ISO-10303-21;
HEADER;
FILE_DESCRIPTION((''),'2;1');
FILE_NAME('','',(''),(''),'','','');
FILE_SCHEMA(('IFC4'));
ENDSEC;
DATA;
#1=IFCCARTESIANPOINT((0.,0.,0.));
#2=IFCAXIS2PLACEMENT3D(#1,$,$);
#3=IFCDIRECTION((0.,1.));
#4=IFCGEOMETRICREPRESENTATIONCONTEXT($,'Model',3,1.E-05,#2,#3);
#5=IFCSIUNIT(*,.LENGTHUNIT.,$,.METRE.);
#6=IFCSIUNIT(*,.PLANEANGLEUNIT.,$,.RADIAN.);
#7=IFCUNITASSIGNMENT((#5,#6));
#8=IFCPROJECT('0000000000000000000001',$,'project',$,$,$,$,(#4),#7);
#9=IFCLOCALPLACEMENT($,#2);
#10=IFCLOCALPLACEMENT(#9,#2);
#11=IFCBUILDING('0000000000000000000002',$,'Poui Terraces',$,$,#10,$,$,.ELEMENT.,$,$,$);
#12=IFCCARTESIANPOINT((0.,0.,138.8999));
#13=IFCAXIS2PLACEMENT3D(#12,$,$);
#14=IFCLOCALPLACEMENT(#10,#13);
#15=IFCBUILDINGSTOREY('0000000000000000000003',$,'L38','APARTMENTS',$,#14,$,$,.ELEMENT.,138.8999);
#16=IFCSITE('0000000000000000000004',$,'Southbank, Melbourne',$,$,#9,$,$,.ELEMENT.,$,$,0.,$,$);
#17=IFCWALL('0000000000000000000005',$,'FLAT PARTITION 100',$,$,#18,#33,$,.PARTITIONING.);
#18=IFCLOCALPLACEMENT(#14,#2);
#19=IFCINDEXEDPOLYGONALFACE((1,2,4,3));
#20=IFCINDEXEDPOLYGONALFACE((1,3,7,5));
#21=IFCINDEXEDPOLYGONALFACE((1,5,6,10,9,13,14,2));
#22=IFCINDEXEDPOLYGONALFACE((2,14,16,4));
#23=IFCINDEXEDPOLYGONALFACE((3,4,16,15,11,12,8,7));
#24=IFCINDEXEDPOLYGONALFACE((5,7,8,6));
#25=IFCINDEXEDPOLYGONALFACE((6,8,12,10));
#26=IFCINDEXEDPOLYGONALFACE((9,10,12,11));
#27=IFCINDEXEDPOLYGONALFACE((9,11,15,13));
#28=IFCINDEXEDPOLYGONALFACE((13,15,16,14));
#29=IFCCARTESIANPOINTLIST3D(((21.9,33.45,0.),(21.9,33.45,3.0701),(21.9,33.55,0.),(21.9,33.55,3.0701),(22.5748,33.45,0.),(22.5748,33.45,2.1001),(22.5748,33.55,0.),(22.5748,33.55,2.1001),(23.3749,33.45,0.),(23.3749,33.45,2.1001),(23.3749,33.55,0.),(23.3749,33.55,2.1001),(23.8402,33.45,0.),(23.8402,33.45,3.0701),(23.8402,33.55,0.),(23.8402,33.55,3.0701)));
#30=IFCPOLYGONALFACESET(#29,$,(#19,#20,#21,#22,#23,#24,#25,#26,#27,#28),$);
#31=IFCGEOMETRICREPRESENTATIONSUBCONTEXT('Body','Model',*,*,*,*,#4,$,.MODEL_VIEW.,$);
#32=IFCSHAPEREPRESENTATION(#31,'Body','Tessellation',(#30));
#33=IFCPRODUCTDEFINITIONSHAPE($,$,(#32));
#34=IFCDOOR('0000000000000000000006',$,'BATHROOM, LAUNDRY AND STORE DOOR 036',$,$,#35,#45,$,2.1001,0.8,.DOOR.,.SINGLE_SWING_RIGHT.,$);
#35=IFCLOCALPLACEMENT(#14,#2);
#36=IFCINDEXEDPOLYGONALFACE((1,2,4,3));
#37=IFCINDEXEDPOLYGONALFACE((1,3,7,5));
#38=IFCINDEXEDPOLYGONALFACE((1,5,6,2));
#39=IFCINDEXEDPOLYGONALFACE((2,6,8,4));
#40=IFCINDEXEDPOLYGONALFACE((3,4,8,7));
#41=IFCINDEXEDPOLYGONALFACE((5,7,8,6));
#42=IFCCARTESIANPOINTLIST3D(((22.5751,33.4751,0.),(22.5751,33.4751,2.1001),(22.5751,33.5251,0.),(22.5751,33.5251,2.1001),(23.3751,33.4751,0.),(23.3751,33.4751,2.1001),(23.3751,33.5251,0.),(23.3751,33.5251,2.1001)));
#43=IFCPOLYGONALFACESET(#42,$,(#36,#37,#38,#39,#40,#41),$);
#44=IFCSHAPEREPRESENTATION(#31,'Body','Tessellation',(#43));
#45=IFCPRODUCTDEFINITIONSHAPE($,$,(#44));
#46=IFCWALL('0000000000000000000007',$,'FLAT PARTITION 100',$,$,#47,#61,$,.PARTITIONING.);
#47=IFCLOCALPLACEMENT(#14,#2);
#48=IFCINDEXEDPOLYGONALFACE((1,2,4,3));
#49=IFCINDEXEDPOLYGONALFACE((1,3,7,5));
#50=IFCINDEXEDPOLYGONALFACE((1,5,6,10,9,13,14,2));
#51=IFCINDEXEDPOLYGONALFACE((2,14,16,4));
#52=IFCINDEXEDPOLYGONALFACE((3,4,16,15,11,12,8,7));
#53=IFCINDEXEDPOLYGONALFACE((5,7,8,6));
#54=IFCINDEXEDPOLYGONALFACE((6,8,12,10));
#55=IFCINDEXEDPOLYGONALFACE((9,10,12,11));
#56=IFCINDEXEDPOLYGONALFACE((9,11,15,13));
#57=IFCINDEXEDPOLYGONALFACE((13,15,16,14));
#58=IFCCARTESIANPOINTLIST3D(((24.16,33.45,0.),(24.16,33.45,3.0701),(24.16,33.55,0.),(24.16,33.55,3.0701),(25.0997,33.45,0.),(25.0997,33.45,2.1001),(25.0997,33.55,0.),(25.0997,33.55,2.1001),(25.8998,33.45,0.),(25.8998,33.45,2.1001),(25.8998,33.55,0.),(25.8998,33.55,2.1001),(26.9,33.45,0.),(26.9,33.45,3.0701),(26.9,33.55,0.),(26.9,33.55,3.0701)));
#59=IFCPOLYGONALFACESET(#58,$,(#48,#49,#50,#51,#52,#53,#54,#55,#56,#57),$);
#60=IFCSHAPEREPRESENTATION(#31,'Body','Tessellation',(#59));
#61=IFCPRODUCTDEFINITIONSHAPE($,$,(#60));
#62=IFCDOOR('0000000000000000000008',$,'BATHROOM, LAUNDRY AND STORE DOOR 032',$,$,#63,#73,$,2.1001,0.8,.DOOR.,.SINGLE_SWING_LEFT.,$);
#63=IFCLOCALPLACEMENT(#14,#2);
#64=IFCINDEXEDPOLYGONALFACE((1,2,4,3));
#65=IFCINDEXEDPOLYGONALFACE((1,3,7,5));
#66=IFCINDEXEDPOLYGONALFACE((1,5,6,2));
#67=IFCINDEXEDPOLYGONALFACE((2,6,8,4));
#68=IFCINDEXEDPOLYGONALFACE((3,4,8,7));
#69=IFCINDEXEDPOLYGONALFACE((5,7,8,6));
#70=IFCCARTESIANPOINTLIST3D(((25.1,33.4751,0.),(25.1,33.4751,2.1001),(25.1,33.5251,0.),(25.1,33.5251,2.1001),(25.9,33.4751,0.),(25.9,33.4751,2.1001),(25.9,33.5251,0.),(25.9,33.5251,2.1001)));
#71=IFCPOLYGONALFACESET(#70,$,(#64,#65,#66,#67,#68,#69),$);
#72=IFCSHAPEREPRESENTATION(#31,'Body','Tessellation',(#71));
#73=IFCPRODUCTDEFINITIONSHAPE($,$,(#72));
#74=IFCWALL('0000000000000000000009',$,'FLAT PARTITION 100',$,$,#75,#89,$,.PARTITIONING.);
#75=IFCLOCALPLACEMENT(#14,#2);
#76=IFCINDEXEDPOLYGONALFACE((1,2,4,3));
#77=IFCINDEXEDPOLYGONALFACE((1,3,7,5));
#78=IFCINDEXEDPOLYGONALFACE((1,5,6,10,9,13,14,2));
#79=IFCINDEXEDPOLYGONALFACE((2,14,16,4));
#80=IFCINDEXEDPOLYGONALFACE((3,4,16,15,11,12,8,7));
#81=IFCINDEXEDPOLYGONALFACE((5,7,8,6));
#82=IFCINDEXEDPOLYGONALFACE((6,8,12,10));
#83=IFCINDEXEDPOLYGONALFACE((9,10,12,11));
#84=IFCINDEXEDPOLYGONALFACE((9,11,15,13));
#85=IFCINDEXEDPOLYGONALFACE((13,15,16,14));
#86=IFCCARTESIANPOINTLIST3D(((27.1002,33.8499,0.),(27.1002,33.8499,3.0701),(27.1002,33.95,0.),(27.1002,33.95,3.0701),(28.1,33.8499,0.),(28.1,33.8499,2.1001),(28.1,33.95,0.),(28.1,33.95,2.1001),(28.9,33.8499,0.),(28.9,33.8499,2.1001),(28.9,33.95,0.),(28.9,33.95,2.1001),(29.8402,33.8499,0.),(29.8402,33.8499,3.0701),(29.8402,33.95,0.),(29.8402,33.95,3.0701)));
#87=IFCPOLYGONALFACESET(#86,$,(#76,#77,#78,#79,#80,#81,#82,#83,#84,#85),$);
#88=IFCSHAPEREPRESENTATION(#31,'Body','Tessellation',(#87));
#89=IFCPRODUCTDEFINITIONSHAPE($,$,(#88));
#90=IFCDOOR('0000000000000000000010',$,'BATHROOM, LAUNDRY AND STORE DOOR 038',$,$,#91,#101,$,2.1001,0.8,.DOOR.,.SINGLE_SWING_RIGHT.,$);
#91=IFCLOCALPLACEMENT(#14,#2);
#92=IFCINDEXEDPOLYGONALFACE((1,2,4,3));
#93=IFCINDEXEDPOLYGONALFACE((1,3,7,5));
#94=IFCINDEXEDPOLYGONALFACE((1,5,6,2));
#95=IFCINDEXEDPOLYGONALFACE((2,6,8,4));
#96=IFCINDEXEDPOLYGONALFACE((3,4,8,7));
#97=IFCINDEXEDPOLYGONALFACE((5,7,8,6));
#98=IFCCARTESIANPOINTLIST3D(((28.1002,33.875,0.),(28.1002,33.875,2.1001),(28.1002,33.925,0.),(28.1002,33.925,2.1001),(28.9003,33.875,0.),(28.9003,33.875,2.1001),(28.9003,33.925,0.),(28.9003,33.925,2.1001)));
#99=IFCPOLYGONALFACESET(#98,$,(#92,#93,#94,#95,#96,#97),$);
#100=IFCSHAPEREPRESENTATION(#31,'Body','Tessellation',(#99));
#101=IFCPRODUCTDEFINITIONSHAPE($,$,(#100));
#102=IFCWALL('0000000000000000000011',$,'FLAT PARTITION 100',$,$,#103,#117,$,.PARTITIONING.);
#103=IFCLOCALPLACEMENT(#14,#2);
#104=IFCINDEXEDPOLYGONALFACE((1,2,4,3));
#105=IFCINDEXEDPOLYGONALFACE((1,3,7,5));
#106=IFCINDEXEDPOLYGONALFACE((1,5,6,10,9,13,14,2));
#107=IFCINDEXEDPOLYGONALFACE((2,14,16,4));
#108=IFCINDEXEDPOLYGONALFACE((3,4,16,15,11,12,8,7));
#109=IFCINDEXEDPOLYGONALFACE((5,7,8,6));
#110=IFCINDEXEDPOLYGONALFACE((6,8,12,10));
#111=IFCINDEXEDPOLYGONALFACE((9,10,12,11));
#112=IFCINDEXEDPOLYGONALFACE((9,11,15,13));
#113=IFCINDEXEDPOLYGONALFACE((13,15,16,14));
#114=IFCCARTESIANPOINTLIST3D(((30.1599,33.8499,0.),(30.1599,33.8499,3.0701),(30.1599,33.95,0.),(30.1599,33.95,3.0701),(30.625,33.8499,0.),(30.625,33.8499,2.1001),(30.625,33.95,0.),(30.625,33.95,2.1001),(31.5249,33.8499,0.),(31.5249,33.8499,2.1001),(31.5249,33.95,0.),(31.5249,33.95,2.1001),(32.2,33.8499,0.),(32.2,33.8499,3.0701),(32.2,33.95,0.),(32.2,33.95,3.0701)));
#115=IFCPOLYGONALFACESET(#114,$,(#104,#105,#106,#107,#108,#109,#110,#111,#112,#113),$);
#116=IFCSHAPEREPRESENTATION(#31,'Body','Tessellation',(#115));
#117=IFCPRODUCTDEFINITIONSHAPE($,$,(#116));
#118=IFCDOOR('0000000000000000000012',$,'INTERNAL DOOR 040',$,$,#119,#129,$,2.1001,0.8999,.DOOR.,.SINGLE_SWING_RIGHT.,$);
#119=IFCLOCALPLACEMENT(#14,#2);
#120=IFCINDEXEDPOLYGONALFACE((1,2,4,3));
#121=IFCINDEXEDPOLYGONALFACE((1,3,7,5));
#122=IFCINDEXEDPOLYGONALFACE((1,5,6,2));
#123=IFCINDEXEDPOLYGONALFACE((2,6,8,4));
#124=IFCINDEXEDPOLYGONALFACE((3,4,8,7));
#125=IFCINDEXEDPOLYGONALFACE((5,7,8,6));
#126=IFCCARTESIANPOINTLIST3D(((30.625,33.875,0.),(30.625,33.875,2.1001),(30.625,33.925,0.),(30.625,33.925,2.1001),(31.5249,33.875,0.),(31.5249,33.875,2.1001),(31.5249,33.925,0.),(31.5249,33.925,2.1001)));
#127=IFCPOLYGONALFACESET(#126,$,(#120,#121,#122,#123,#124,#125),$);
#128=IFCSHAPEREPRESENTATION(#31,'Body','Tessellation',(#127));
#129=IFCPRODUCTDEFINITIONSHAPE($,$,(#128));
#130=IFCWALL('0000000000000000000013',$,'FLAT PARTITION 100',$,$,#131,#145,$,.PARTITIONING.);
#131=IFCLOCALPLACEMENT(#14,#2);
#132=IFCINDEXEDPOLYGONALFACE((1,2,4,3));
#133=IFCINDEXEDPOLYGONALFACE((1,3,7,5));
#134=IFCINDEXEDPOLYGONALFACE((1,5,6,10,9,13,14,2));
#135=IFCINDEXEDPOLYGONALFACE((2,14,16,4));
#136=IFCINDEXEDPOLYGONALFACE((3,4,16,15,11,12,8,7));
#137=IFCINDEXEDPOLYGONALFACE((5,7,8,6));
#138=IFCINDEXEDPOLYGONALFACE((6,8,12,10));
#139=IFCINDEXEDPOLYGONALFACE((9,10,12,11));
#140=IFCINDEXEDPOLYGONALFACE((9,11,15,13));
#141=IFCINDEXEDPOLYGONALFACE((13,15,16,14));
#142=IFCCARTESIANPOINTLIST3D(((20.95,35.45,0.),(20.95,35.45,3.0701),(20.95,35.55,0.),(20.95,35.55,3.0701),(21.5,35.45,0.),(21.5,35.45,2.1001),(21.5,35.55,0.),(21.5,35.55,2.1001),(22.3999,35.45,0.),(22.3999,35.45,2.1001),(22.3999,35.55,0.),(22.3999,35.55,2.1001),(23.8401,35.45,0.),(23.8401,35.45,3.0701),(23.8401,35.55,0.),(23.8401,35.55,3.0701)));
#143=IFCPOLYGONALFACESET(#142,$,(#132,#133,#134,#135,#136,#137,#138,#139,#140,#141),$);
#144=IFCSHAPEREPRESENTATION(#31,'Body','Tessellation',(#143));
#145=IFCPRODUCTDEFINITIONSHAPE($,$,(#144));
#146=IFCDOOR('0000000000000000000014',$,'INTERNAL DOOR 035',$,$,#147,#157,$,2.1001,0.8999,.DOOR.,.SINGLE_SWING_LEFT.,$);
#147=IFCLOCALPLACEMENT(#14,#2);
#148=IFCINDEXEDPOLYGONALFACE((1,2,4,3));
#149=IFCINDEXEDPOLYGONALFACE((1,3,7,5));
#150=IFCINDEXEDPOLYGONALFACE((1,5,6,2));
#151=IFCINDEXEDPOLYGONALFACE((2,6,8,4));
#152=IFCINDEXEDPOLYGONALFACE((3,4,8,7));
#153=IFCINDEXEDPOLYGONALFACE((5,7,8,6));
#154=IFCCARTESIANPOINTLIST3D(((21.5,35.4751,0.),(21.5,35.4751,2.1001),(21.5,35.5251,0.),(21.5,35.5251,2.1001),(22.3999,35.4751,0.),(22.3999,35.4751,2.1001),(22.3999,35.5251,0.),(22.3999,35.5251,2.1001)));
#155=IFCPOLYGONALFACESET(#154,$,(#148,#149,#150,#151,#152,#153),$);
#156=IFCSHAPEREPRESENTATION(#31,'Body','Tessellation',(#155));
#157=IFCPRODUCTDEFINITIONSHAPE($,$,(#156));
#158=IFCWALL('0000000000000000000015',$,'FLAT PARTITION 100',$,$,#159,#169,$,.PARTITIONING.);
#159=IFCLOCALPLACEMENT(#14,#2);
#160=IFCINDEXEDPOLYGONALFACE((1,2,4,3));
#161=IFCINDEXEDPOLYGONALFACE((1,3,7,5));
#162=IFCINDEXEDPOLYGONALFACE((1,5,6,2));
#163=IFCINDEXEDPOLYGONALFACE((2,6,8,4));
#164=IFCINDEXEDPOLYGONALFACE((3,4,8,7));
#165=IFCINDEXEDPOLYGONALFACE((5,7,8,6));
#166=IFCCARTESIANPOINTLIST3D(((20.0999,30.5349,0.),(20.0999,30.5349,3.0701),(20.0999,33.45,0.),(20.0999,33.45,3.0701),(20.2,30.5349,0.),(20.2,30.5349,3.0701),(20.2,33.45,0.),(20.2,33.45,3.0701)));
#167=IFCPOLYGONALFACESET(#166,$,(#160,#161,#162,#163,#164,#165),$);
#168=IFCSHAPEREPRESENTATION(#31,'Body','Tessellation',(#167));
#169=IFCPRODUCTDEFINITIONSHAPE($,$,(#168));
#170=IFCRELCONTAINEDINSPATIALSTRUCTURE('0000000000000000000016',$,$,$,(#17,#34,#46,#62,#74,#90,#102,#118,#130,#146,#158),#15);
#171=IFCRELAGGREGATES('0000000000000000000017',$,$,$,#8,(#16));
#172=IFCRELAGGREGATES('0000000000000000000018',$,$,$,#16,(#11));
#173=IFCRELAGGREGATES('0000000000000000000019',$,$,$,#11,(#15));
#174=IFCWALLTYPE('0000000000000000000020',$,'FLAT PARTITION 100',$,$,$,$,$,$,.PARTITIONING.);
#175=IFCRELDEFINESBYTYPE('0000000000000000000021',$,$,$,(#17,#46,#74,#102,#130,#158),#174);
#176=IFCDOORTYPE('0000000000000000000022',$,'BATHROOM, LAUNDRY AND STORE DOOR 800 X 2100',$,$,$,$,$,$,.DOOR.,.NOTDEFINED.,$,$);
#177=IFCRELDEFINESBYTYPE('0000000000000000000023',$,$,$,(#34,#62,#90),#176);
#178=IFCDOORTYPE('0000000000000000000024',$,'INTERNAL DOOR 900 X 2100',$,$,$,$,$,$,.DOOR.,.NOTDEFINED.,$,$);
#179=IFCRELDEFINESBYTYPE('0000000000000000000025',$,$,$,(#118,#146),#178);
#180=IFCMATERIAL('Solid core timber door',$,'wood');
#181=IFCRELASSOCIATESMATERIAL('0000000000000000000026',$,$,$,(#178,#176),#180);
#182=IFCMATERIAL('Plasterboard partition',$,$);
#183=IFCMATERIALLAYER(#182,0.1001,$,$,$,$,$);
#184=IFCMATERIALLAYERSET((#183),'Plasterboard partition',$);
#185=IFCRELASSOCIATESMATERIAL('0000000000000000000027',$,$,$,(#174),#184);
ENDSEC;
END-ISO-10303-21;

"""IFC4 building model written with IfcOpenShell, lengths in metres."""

from ifc_helpers import new_model, si_unit, direction, frame, frame_2d, origin, place, context, subcontext, project, spatial, rectangle, extrude, material, layer, layer_set, type_object, element, fill, save


model = new_model("IFC4")

# Units and contexts
model_context = context("Model", 3, precision=1e-05, world=origin(), true_north=direction((0.0, 1.0)))
body_context = subcontext(model_context, "Body", "Model", "MODEL_VIEW")
ifc_project = project(units=[si_unit("LENGTHUNIT", "METRE"), si_unit("PLANEANGLEUNIT", "RADIAN")], contexts=[model_context])

# Site, building, storey
site_placement = place(None, origin())
site = spatial("IfcSite", under=ifc_project, at=site_placement, Name="Southbank, Melbourne", CompositionType="ELEMENT", RefElevation=0.0)
building_placement = place(site_placement, origin())
building = spatial("IfcBuilding", under=site, at=building_placement, Name="Poui Terraces", CompositionType="ELEMENT")
storey_placement = place(building_placement, frame((0.0, 0.0, 138.8999)))
storey = spatial("IfcBuildingStorey", under=building, at=storey_placement, Name="L38", Description="APARTMENTS", CompositionType="ELEMENT", Elevation=138.8999)

# Walls, openings, doors
ifc_material_1 = material(Name="Solid core timber door", Category="wood")
door_type_1 = type_object("IfcDoorType", Name="INTERNAL DOOR 900 X 2100", OperationType="NOTDEFINED", PredefinedType="DOOR", material=ifc_material_1)
ifc_material_2 = material(Name="Plasterboard partition")
ifc_layer_1 = layer(ifc_material_2, 0.1001)
ifc_layer_set_1 = layer_set([ifc_layer_1], Name="Plasterboard partition")
wall_type_1 = type_object("IfcWallType", Name="FLAT PARTITION 100", PredefinedType="PARTITIONING", material=ifc_layer_set_1)
wall_1_placement = place(storey_placement, frame((21.8999, 33.5, 0.0), z_axis=(0.0, 0.0, 1.0), x_axis=(1.0, 0.0, 0.0)))
wall_1 = element("IfcWall", 1, at=wall_1_placement, inside=storey, type_object=wall_type_1, Name="FLAT PARTITION 100", PredefinedType="PARTITIONING", context=body_context, shape_type="SweptSolid", body=[
    extrude(rectangle(XDim=1.9402, YDim=0.1001, at=frame_2d((0.9702, 0.0))), origin(), (0.0, 0.0, 1.0), 3.0701),
])
opening_1_placement = place(wall_1_placement, frame((0.675, 0.0, 0.0)))
opening_1 = element("IfcOpeningElement", 2, at=opening_1_placement, cuts=wall_1, PredefinedType="OPENING", context=body_context, shape_type="SweptSolid", body=[
    extrude(rectangle(XDim=0.8, YDim=2.1001, at=frame_2d((0.3999, 1.05))), frame((0.0, 0.0601, 0.0), z_axis=(0.0, -1.0, 0.0), x_axis=(1.0, 0.0, 0.0)), (0.0, 0.0, 1.0), 0.1201),
])
door_type_2 = type_object("IfcDoorType", Name="BATHROOM, LAUNDRY AND STORE DOOR 800 X 2100", OperationType="NOTDEFINED", PredefinedType="DOOR", material=ifc_material_1)
door_1_placement = place(opening_1_placement, frame((0.8, 0.0, 0.0), z_axis=(0.0, 0.0, 1.0), x_axis=(-1.0, 0.0, 0.0)))
door_1 = element("IfcDoor", 3, at=door_1_placement, inside=storey, type_object=door_type_2, Name="BATHROOM, LAUNDRY AND STORE DOOR 036", OperationType="SINGLE_SWING_RIGHT", OverallHeight=2.1001, OverallWidth=0.8, PredefinedType="DOOR", context=body_context, shape_type="SweptSolid", body=[
    extrude(rectangle(XDim=0.8, YDim=2.1001, at=frame_2d((0.3999, 1.05))), frame((0.0, 0.0249, 0.0), z_axis=(0.0, -1.0, 0.0), x_axis=(1.0, 0.0, 0.0)), (0.0, 0.0, 1.0), 0.05),
])
fill(opening_1, door_1)
wall_2_placement = place(storey_placement, frame((24.1599, 33.5, 0.0), z_axis=(0.0, 0.0, 1.0), x_axis=(1.0, 0.0, 0.0)))
wall_2 = element("IfcWall", 4, at=wall_2_placement, inside=storey, type_object=wall_type_1, Name="FLAT PARTITION 100", PredefinedType="PARTITIONING", context=body_context, shape_type="SweptSolid", body=[
    extrude(rectangle(XDim=2.74, YDim=0.1001, at=frame_2d((1.3701, 0.0))), origin(), (0.0, 0.0, 1.0), 3.0701),
])
opening_2_placement = place(wall_2_placement, frame((0.9399, 0.0, 0.0)))
opening_2 = element("IfcOpeningElement", 5, at=opening_2_placement, cuts=wall_2, PredefinedType="OPENING", context=body_context, shape_type="SweptSolid", body=[
    extrude(rectangle(XDim=0.8, YDim=2.1001, at=frame_2d((0.3999, 1.05))), frame((0.0, 0.0601, 0.0), z_axis=(0.0, -1.0, 0.0), x_axis=(1.0, 0.0, 0.0)), (0.0, 0.0, 1.0), 0.1201),
])
door_2_placement = place(opening_2_placement, frame((0.8, 0.0, 0.0), z_axis=(0.0, 0.0, 1.0), x_axis=(-1.0, 0.0, 0.0)))
door_2 = element("IfcDoor", 6, at=door_2_placement, inside=storey, type_object=door_type_2, Name="BATHROOM, LAUNDRY AND STORE DOOR 032", OperationType="SINGLE_SWING_LEFT", OverallHeight=2.1001, OverallWidth=0.8, PredefinedType="DOOR", context=body_context, shape_type="SweptSolid", body=[
    extrude(rectangle(XDim=0.8, YDim=2.1001, at=frame_2d((0.3999, 1.05))), frame((0.0, 0.0249, 0.0), z_axis=(0.0, -1.0, 0.0), x_axis=(1.0, 0.0, 0.0)), (0.0, 0.0, 1.0), 0.05),
])
fill(opening_2, door_2)
wall_3_placement = place(storey_placement, frame((27.1001, 33.8999, 0.0), z_axis=(0.0, 0.0, 1.0), x_axis=(1.0, 0.0, 0.0)))
wall_3 = element("IfcWall", 7, at=wall_3_placement, inside=storey, type_object=wall_type_1, Name="FLAT PARTITION 100", PredefinedType="PARTITIONING", context=body_context, shape_type="SweptSolid", body=[
    extrude(rectangle(XDim=2.74, YDim=0.1001, at=frame_2d((1.3701, 0.0))), origin(), (0.0, 0.0, 1.0), 3.0701),
])
opening_3_placement = place(wall_3_placement, frame((1.0, 0.0, 0.0)))
opening_3 = element("IfcOpeningElement", 8, at=opening_3_placement, cuts=wall_3, PredefinedType="OPENING", context=body_context, shape_type="SweptSolid", body=[
    extrude(rectangle(XDim=0.8, YDim=2.1001, at=frame_2d((0.3999, 1.05))), frame((0.0, 0.0601, 0.0), z_axis=(0.0, -1.0, 0.0), x_axis=(1.0, 0.0, 0.0)), (0.0, 0.0, 1.0), 0.1201),
])
door_3_placement = place(opening_3_placement, frame((0.8, 0.0, 0.0), z_axis=(0.0, 0.0, 1.0), x_axis=(-1.0, 0.0, 0.0)))
door_3 = element("IfcDoor", 9, at=door_3_placement, inside=storey, type_object=door_type_2, Name="BATHROOM, LAUNDRY AND STORE DOOR 038", OperationType="SINGLE_SWING_RIGHT", OverallHeight=2.1001, OverallWidth=0.8, PredefinedType="DOOR", context=body_context, shape_type="SweptSolid", body=[
    extrude(rectangle(XDim=0.8, YDim=2.1001, at=frame_2d((0.3999, 1.05))), frame((0.0, 0.0249, 0.0), z_axis=(0.0, -1.0, 0.0), x_axis=(1.0, 0.0, 0.0)), (0.0, 0.0, 1.0), 0.05),
])
fill(opening_3, door_3)
wall_4_placement = place(storey_placement, frame((30.1599, 33.8999, 0.0), z_axis=(0.0, 0.0, 1.0), x_axis=(1.0, 0.0, 0.0)))
wall_4 = element("IfcWall", 10, at=wall_4_placement, inside=storey, type_object=wall_type_1, Name="FLAT PARTITION 100", PredefinedType="PARTITIONING", context=body_context, shape_type="SweptSolid", body=[
    extrude(rectangle(XDim=2.04, YDim=0.1001, at=frame_2d((1.02, 0.0))), origin(), (0.0, 0.0, 1.0), 3.0701),
])
opening_4_placement = place(wall_4_placement, frame((0.4651, 0.0, 0.0)))
opening_4 = element("IfcOpeningElement", 11, at=opening_4_placement, cuts=wall_4, PredefinedType="OPENING", context=body_context, shape_type="SweptSolid", body=[
    extrude(rectangle(XDim=0.8999, YDim=2.1001, at=frame_2d((0.45, 1.05))), frame((0.0, 0.0601, 0.0), z_axis=(0.0, -1.0, 0.0), x_axis=(1.0, 0.0, 0.0)), (0.0, 0.0, 1.0), 0.1201),
])
door_4_placement = place(opening_4_placement, frame((0.8999, 0.0, 0.0), z_axis=(0.0, 0.0, 1.0), x_axis=(-1.0, 0.0, 0.0)))
door_4 = element("IfcDoor", 12, at=door_4_placement, inside=storey, type_object=door_type_1, Name="INTERNAL DOOR 040", OperationType="SINGLE_SWING_RIGHT", OverallHeight=2.1001, OverallWidth=0.8999, PredefinedType="DOOR", context=body_context, shape_type="SweptSolid", body=[
    extrude(rectangle(XDim=0.8999, YDim=2.1001, at=frame_2d((0.45, 1.05))), frame((0.0, 0.0249, 0.0), z_axis=(0.0, -1.0, 0.0), x_axis=(1.0, 0.0, 0.0)), (0.0, 0.0, 1.0), 0.05),
])
fill(opening_4, door_4)
wall_5_placement = place(storey_placement, frame((20.95, 35.5, 0.0), z_axis=(0.0, 0.0, 1.0), x_axis=(1.0, 0.0, 0.0)))
wall_5 = element("IfcWall", 13, at=wall_5_placement, inside=storey, type_object=wall_type_1, Name="FLAT PARTITION 100", PredefinedType="PARTITIONING", context=body_context, shape_type="SweptSolid", body=[
    extrude(rectangle(XDim=2.8901, YDim=0.1001, at=frame_2d((1.4451, 0.0))), origin(), (0.0, 0.0, 1.0), 3.0701),
])
opening_5_placement = place(wall_5_placement, frame((0.55, 0.0, 0.0)))
opening_5 = element("IfcOpeningElement", 14, at=opening_5_placement, cuts=wall_5, PredefinedType="OPENING", context=body_context, shape_type="SweptSolid", body=[
    extrude(rectangle(XDim=0.8999, YDim=2.1001, at=frame_2d((0.45, 1.05))), frame((0.0, 0.0601, 0.0), z_axis=(0.0, -1.0, 0.0), x_axis=(1.0, 0.0, 0.0)), (0.0, 0.0, 1.0), 0.1201),
])
door_5_placement = place(opening_5_placement, frame((0.8999, 0.0, 0.0), z_axis=(0.0, 0.0, 1.0), x_axis=(-1.0, 0.0, 0.0)))
door_5 = element("IfcDoor", 15, at=door_5_placement, inside=storey, type_object=door_type_1, Name="INTERNAL DOOR 035", OperationType="SINGLE_SWING_LEFT", OverallHeight=2.1001, OverallWidth=0.8999, PredefinedType="DOOR", context=body_context, shape_type="SweptSolid", body=[
    extrude(rectangle(XDim=0.8999, YDim=2.1001, at=frame_2d((0.45, 1.05))), frame((0.0, 0.0249, 0.0), z_axis=(0.0, -1.0, 0.0), x_axis=(1.0, 0.0, 0.0)), (0.0, 0.0, 1.0), 0.05),
])
fill(opening_5, door_5)

# Wall
wall_6_placement = place(storey_placement, frame((20.1499, 30.5349, 0.0), z_axis=(0.0, 0.0, 1.0), x_axis=(0.0, 1.0, 0.0)))
element("IfcWall", 16, at=wall_6_placement, inside=storey, type_object=wall_type_1, Name="FLAT PARTITION 100", PredefinedType="PARTITIONING", context=body_context, shape_type="SweptSolid", body=[
    extrude(rectangle(XDim=2.915, YDim=0.1001, at=frame_2d((1.4575, 0.0))), origin(), (0.0, 0.0, 1.0), 3.0701),
])

save(model, "model.ifc")
